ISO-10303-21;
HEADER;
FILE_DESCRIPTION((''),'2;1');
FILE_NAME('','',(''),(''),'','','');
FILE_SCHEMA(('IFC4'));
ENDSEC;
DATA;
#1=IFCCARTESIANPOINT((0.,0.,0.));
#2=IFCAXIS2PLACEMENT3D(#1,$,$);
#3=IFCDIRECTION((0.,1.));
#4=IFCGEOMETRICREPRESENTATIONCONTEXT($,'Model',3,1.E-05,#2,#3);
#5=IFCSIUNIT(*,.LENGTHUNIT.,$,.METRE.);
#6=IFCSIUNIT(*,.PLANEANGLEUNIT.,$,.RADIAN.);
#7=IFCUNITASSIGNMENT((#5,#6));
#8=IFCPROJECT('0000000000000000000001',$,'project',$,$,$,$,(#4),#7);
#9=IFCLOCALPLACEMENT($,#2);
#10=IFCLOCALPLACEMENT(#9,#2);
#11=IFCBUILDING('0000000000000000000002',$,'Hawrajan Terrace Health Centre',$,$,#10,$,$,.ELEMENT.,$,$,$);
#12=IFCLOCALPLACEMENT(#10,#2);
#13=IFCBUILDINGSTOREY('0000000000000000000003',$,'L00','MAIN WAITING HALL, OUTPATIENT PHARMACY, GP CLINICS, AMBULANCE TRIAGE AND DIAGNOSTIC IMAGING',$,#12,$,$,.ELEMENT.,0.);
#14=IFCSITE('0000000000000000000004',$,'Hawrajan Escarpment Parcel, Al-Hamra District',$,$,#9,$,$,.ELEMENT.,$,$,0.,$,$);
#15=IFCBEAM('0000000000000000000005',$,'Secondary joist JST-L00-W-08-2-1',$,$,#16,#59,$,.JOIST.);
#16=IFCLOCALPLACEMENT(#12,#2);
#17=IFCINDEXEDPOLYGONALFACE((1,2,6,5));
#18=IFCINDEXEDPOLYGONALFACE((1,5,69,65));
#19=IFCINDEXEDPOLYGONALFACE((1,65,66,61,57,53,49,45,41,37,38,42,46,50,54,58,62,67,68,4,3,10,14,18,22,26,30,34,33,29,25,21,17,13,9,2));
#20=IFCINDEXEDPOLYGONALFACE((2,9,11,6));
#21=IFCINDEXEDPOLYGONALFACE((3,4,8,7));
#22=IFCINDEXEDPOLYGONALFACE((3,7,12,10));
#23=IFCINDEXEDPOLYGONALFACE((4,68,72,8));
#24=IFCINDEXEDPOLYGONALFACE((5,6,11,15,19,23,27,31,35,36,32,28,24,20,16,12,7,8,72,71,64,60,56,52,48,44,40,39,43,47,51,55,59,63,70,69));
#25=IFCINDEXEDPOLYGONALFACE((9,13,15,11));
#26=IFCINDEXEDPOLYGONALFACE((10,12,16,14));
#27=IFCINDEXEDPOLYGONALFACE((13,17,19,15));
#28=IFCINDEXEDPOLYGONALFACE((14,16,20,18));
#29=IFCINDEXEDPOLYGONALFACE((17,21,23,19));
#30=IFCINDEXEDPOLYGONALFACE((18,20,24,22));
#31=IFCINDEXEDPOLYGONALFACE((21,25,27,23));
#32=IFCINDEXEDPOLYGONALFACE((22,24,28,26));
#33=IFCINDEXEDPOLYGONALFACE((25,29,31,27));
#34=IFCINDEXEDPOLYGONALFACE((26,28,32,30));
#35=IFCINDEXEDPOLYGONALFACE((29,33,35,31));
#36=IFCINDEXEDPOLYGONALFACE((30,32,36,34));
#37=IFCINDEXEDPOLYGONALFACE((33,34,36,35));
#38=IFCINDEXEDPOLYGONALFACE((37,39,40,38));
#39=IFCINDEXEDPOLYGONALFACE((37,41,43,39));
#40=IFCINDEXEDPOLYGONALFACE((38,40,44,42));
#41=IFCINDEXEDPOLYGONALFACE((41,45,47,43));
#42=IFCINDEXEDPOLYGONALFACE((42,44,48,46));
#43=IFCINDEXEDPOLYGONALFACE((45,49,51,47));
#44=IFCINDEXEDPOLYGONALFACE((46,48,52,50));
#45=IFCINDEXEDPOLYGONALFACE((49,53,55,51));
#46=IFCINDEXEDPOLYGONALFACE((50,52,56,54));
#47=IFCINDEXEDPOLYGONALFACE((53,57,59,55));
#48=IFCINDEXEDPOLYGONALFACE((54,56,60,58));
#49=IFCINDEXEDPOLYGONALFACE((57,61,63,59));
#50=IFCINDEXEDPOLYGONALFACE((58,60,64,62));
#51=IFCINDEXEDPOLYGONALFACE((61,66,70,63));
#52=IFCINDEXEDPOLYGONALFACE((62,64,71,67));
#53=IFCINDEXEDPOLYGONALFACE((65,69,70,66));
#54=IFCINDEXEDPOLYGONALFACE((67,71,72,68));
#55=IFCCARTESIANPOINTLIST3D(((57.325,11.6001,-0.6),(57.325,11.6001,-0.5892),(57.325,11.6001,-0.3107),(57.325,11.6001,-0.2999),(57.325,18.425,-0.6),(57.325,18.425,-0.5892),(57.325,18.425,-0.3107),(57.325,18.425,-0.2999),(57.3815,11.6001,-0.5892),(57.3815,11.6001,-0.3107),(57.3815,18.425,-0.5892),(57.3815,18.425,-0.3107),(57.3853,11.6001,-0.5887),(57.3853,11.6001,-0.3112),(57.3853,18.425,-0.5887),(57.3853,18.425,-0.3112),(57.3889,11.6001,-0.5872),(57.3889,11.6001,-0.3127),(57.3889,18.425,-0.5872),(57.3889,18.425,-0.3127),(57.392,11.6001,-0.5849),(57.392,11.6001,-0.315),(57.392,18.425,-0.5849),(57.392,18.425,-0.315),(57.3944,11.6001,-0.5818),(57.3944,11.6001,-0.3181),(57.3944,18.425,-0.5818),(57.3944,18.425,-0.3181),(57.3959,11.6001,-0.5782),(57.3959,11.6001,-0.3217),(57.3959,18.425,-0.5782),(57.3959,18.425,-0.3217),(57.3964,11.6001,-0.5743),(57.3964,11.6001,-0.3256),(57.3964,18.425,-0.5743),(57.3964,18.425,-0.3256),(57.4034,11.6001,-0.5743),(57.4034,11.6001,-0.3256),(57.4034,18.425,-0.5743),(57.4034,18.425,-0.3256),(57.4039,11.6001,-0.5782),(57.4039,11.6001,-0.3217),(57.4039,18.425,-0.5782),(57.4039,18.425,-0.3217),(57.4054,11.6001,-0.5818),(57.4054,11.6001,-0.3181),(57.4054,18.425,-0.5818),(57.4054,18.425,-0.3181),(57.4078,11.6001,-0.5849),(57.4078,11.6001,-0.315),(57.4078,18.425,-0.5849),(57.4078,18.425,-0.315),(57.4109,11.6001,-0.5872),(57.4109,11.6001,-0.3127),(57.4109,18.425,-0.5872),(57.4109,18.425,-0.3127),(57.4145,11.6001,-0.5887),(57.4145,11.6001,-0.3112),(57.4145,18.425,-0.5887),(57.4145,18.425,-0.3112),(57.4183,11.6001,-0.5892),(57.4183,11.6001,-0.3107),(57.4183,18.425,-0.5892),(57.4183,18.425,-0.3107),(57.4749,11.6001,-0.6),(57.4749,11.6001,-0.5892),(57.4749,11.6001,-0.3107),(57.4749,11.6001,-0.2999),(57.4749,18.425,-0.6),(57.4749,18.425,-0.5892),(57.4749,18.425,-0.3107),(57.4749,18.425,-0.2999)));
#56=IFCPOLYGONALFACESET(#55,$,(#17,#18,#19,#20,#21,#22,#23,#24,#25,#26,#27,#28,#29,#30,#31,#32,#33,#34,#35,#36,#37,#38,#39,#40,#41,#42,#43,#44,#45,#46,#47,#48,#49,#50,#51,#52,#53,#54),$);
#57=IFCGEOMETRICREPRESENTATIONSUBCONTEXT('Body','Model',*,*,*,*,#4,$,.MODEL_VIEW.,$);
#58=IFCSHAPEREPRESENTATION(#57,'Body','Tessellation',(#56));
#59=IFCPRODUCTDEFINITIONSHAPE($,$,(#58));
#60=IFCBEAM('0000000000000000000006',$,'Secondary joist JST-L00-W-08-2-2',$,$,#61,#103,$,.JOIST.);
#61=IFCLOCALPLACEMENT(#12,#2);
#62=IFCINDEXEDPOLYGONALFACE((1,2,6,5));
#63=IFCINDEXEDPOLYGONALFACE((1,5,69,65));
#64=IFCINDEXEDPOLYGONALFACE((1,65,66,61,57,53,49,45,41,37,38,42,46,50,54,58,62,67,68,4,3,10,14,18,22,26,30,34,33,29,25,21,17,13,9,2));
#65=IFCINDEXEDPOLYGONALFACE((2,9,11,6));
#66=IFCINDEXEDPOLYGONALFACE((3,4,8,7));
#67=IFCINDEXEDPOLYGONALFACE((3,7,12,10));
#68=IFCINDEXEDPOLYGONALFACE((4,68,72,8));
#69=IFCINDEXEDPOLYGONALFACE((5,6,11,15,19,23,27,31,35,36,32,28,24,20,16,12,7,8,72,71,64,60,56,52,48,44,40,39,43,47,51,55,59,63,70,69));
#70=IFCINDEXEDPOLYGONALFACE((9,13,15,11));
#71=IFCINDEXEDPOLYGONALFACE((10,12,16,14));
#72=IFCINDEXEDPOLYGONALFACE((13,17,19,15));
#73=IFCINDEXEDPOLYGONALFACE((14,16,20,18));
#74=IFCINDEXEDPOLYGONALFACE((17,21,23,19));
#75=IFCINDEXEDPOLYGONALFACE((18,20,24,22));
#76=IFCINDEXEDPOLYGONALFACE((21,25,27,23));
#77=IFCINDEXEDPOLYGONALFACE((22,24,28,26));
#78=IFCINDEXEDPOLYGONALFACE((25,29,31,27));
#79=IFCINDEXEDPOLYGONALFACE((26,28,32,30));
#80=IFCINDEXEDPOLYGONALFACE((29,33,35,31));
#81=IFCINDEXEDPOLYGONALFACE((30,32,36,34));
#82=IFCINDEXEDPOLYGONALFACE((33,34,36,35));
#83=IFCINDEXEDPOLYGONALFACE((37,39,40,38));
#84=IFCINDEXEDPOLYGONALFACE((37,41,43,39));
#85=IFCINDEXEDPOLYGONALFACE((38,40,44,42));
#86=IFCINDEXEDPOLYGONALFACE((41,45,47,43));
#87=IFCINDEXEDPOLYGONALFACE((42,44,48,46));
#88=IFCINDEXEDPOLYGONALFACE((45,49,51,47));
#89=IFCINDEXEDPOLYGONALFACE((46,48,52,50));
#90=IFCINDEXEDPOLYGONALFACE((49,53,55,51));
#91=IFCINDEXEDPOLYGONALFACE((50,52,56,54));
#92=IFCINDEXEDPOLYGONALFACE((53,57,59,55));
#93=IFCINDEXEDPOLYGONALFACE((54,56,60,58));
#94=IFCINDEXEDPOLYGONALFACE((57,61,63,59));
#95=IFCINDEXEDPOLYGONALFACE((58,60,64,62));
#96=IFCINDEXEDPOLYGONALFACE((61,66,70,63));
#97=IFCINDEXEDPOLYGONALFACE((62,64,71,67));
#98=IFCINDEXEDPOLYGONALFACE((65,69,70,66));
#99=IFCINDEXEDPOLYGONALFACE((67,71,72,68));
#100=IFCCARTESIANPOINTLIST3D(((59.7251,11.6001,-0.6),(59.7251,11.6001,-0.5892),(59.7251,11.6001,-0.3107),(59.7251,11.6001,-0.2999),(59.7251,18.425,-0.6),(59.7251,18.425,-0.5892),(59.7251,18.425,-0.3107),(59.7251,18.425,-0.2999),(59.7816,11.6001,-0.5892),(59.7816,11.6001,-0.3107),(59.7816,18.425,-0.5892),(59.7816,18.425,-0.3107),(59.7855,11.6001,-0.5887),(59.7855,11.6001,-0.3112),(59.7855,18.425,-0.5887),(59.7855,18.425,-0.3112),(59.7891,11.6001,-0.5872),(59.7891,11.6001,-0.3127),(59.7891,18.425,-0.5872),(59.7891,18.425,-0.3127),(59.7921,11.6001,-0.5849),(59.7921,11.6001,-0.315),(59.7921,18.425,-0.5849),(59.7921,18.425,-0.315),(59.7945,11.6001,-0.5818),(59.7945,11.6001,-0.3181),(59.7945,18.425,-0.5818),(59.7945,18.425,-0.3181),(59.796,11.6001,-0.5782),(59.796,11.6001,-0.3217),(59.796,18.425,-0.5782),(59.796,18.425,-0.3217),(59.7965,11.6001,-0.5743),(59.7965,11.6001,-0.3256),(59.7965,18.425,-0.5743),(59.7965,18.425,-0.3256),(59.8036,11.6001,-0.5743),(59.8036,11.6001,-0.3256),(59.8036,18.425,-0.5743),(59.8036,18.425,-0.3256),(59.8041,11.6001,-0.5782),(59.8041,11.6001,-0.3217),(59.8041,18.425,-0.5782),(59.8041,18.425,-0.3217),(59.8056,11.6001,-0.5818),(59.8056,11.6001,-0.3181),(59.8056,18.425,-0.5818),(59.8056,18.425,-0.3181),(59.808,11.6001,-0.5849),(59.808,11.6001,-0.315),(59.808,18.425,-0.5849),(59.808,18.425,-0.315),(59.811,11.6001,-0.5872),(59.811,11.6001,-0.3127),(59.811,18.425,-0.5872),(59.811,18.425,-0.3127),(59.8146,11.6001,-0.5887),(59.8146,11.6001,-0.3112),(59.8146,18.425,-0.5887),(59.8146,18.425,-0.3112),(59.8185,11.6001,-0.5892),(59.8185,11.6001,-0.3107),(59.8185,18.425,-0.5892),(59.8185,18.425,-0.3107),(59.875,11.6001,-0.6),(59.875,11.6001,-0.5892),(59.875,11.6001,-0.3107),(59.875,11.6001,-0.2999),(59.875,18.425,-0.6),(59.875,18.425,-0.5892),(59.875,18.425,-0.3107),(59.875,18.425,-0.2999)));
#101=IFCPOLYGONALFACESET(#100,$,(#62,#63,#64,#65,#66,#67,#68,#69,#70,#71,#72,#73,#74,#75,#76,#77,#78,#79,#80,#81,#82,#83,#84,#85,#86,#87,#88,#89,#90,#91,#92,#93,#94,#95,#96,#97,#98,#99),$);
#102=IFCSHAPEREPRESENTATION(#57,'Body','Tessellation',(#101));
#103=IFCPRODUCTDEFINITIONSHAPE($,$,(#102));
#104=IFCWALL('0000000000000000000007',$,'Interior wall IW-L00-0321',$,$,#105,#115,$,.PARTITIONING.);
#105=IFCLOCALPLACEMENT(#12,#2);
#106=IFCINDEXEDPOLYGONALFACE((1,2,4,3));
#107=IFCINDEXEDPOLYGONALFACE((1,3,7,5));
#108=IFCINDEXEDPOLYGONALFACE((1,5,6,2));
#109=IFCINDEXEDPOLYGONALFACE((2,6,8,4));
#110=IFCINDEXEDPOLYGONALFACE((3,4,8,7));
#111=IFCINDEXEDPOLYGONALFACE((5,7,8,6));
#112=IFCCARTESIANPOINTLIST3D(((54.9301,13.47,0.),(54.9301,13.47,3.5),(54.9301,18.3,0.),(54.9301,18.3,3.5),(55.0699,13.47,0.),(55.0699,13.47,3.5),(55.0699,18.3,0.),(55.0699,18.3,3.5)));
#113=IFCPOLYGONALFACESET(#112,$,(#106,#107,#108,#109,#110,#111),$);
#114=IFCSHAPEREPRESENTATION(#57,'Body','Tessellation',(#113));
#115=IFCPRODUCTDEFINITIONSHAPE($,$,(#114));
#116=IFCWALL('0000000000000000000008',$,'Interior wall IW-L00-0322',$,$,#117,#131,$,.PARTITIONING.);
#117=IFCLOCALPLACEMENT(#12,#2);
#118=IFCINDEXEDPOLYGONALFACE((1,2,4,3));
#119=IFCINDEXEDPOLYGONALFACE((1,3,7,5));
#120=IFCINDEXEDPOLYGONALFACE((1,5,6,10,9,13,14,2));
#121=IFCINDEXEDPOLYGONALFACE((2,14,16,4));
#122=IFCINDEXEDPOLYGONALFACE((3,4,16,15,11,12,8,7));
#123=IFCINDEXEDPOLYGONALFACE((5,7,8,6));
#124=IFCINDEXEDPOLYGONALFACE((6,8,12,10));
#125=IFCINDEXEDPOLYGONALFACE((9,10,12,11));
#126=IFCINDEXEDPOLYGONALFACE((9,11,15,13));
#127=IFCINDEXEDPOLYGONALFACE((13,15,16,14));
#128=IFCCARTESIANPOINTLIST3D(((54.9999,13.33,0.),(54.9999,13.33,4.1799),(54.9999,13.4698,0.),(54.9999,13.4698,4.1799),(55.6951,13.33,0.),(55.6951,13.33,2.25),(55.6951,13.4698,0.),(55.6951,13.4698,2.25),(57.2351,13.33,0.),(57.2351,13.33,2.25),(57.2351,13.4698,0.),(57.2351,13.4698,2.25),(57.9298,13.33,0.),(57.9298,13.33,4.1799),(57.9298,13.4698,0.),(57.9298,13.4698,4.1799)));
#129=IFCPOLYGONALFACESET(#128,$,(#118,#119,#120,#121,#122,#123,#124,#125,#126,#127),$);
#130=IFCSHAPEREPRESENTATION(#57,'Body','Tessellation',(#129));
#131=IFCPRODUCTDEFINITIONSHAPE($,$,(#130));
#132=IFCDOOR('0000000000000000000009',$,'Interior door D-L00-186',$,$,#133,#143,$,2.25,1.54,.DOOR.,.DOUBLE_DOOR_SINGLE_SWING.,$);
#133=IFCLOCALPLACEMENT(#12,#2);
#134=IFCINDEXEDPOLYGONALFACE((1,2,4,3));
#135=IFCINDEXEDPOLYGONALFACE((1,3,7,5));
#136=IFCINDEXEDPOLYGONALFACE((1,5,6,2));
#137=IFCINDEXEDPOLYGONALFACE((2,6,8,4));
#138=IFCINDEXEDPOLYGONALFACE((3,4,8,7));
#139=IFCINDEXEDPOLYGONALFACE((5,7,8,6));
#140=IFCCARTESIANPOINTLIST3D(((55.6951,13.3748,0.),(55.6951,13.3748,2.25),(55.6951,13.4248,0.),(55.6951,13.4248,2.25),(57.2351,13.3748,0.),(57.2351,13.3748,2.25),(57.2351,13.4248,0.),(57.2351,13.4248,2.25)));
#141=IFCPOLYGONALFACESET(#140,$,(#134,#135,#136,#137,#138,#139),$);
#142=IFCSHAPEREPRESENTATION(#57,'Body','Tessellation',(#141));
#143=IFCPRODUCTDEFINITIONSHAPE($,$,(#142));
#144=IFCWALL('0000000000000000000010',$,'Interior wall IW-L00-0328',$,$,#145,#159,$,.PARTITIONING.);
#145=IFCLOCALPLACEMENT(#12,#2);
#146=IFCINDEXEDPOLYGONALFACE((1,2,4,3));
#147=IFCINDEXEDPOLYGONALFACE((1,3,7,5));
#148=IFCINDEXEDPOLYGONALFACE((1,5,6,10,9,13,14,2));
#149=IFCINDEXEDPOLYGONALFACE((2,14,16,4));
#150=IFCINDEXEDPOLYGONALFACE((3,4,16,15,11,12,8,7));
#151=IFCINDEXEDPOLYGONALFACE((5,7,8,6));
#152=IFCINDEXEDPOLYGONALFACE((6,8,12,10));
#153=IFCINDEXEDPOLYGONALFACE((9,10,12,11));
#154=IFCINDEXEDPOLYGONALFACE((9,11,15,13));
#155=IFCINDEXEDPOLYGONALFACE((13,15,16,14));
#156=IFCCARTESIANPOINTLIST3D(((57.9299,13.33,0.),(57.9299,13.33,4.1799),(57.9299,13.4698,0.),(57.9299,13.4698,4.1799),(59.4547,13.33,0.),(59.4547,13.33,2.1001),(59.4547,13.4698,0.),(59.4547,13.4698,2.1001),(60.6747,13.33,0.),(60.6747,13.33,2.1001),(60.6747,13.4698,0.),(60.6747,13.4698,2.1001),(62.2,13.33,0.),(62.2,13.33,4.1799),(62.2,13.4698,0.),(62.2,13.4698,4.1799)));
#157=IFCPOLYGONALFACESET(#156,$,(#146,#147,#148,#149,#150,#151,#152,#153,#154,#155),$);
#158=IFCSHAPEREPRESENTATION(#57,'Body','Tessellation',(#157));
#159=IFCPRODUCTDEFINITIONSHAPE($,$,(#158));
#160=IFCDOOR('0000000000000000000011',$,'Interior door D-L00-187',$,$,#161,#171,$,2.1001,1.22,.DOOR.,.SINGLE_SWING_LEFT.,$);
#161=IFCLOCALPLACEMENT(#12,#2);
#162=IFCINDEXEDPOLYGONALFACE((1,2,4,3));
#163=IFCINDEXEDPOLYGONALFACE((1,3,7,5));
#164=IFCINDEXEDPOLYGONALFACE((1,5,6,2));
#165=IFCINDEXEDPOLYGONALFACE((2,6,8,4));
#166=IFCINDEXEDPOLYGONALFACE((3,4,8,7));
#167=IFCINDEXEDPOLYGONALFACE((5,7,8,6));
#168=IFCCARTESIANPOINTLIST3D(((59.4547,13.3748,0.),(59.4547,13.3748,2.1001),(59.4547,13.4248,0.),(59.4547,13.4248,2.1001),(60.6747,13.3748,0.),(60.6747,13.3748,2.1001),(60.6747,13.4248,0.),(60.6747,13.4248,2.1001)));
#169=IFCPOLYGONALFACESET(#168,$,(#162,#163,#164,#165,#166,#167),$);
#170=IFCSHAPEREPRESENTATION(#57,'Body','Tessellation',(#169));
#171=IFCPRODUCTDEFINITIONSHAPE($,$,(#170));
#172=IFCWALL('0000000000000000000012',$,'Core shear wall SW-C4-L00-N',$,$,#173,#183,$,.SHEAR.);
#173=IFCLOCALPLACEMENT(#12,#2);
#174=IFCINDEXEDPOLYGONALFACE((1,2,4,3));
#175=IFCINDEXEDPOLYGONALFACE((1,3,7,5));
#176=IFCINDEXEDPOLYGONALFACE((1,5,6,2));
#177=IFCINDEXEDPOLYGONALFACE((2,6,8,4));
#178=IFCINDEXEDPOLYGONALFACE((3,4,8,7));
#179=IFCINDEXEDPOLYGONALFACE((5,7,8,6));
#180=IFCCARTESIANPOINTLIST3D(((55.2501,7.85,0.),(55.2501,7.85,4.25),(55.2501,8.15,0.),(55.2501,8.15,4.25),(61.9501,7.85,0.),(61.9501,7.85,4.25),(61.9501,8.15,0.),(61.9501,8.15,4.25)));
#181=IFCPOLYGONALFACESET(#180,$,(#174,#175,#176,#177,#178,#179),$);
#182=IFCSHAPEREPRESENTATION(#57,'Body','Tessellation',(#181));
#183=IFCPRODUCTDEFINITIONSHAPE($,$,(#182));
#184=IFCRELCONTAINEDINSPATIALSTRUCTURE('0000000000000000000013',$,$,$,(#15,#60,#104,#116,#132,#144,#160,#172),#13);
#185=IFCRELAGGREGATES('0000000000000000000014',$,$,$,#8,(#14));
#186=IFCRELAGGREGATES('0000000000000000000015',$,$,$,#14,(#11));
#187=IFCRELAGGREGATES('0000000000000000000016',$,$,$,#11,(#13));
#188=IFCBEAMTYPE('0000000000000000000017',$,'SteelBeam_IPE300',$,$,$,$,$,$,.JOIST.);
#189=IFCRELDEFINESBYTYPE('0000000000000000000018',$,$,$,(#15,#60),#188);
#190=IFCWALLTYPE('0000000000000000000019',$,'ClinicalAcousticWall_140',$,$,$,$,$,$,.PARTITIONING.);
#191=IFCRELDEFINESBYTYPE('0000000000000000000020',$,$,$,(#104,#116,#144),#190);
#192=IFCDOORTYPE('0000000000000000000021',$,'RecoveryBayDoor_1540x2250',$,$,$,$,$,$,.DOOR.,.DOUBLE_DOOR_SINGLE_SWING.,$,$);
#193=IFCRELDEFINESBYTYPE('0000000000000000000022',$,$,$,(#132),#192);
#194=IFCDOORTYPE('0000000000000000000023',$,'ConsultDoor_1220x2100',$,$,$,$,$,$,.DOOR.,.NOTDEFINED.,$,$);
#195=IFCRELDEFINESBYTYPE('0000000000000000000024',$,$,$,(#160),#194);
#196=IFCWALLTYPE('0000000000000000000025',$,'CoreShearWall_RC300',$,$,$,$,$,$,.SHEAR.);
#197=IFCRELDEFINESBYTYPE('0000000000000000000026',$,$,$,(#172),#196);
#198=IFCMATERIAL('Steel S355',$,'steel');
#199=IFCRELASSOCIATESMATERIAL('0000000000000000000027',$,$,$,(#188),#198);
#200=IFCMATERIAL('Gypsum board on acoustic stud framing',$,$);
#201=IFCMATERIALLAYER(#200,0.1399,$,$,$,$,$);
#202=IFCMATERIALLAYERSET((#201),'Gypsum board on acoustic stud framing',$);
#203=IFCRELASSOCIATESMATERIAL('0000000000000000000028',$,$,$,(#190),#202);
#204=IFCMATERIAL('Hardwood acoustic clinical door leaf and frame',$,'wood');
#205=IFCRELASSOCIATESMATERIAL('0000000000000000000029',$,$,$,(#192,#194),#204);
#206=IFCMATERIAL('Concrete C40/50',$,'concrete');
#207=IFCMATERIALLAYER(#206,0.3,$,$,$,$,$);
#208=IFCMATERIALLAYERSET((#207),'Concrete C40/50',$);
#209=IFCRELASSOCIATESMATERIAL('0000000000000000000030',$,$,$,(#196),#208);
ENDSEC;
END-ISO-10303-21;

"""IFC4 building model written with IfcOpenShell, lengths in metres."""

from ifc_helpers import new_model, si_unit, direction, frame, frame_2d, origin, origin_2d, place, context, subcontext, project, spatial, rectangle, i_section, extrude, material, layer, layer_set, material_profile, profile_set, type_object, element, fill, save


model = new_model("IFC4")

# Units and contexts
model_context = context("Model", 3, precision=1e-05, world=origin(), true_north=direction((0.0, 1.0)))
body_context = subcontext(model_context, "Body", "Model", "MODEL_VIEW")
ifc_project = project(units=[si_unit("LENGTHUNIT", "METRE"), si_unit("PLANEANGLEUNIT", "RADIAN")], contexts=[model_context])

# Site, building, storey
site_placement = place(None, origin())
site = spatial("IfcSite", under=ifc_project, at=site_placement, Name="Hawrajan Escarpment Parcel, Al-Hamra District", CompositionType="ELEMENT", RefElevation=0.0)
building_placement = place(site_placement, origin())
building = spatial("IfcBuilding", under=site, at=building_placement, Name="Hawrajan Terrace Health Centre", CompositionType="ELEMENT")
storey_placement = place(building_placement, origin())
storey = spatial("IfcBuildingStorey", under=building, at=storey_placement, Name="L00", Description="MAIN WAITING HALL, OUTPATIENT PHARMACY, GP CLINICS, AMBULANCE TRIAGE AND DIAGNOSTIC IMAGING", CompositionType="ELEMENT", Elevation=0.0)

# Shared definitions
ifc_material_1 = material(Name="Concrete C40/50", Category="concrete")

# Beams
ifc_material_2 = material(Name="Steel S355", Category="steel")
ifc_material_profile_1 = material_profile(ifc_material_2, i_section(OverallWidth=0.1499, OverallDepth=0.3, WebThickness=0.0071, FlangeThickness=0.0107, FilletRadius=0.0149, at=origin_2d()), Name="IPE 300")
ifc_profile_set_1 = profile_set([ifc_material_profile_1], Name="Steel S355")
beam_type_1 = type_object("IfcBeamType", Name="SteelBeam_IPE300", PredefinedType="JOIST", material=ifc_profile_set_1)
for number, where, z_axis, x_axis, name in (
    (1, (57.3999, 11.6001, -0.45), (0.0, 1.0, 0.0), (-1.0, 0.0, 0.0), "Secondary joist JST-L00-W-08-2-1"),
    (2, (59.8, 11.6001, -0.45), (0.0, 1.0, 0.0), (-1.0, 0.0, 0.0), "Secondary joist JST-L00-W-08-2-2"),
):
    element("IfcBeam", number, at=place(storey_placement, frame(where, z_axis=z_axis, x_axis=x_axis)), inside=storey, type_object=beam_type_1, Name=name, PredefinedType="JOIST", context=body_context, shape_type="SweptSolid", body=[
        extrude(i_section(OverallWidth=0.1499, OverallDepth=0.3, WebThickness=0.0071, FlangeThickness=0.0107, FilletRadius=0.0149, at=origin_2d()), origin(), (0.0, 0.0, 1.0), 6.825),
    ])

# Wall
ifc_material_3 = material(Name="Gypsum board on acoustic stud framing")
ifc_layer_1 = layer(ifc_material_3, 0.1399)
ifc_layer_set_1 = layer_set([ifc_layer_1], Name="Gypsum board on acoustic stud framing")
wall_type_1 = type_object("IfcWallType", Name="ClinicalAcousticWall_140", PredefinedType="PARTITIONING", material=ifc_layer_set_1)
wall_1_placement = place(storey_placement, frame((55.0, 13.47, 0.0), z_axis=(0.0, 0.0, 1.0), x_axis=(0.0, 1.0, 0.0)))
element("IfcWall", 3, at=wall_1_placement, inside=storey, type_object=wall_type_1, Name="Interior wall IW-L00-0321", PredefinedType="PARTITIONING", context=body_context, shape_type="SweptSolid", body=[
    extrude(rectangle(XDim=4.8301, YDim=0.1399, at=frame_2d((2.415, 0.0))), origin(), (0.0, 0.0, 1.0), 3.5),
])

# Wall, opening, door
wall_2_placement = place(storey_placement, frame((55.0, 13.3999, 0.0), z_axis=(0.0, 0.0, 1.0), x_axis=(1.0, 0.0, 0.0)))
wall_2 = element("IfcWall", 4, at=wall_2_placement, inside=storey, type_object=wall_type_1, Name="Interior wall IW-L00-0322", PredefinedType="PARTITIONING", context=body_context, shape_type="SweptSolid", body=[
    extrude(rectangle(XDim=2.9299, YDim=0.1399, at=frame_2d((1.4648, 0.0))), origin(), (0.0, 0.0, 1.0), 4.1799),
])
opening_1_placement = place(wall_2_placement, frame((0.6951, 0.0, 0.0)))
opening_1 = element("IfcOpeningElement", 5, at=opening_1_placement, cuts=wall_2, PredefinedType="OPENING", context=body_context, shape_type="SweptSolid", body=[
    extrude(rectangle(XDim=1.54, YDim=2.25, at=frame_2d((0.77, 1.125))), frame((0.0, 0.0798, 0.0), z_axis=(0.0, -1.0, 0.0), x_axis=(1.0, 0.0, 0.0)), (0.0, 0.0, 1.0), 0.1599),
])
ifc_material_4 = material(Name="Hardwood acoustic clinical door leaf and frame", Category="wood")
door_type_1 = type_object("IfcDoorType", Name="RecoveryBayDoor_1540x2250", OperationType="DOUBLE_DOOR_SINGLE_SWING", PredefinedType="DOOR", material=ifc_material_4)
door_1_placement = place(opening_1_placement, origin())
door_1 = element("IfcDoor", 6, at=door_1_placement, inside=storey, type_object=door_type_1, Name="Interior door D-L00-186", OperationType="DOUBLE_DOOR_SINGLE_SWING", OverallHeight=2.25, OverallWidth=1.54, PredefinedType="DOOR", context=body_context, shape_type="SweptSolid", body=[
    extrude(rectangle(XDim=1.54, YDim=2.25, at=frame_2d((0.77, 1.125))), frame((0.0, 0.0249, 0.0), z_axis=(0.0, -1.0, 0.0), x_axis=(1.0, 0.0, 0.0)), (0.0, 0.0, 1.0), 0.05),
])
fill(opening_1, door_1)

# Wall, opening, door
wall_3_placement = place(storey_placement, frame((57.9299, 13.3999, 0.0), z_axis=(0.0, 0.0, 1.0), x_axis=(1.0, 0.0, 0.0)))
wall_3 = element("IfcWall", 7, at=wall_3_placement, inside=storey, type_object=wall_type_1, Name="Interior wall IW-L00-0328", PredefinedType="PARTITIONING", context=body_context, shape_type="SweptSolid", body=[
    extrude(rectangle(XDim=4.27, YDim=0.1399, at=frame_2d((2.135, 0.0))), origin(), (0.0, 0.0, 1.0), 4.1799),
])
opening_2_placement = place(wall_3_placement, frame((1.5249, 0.0, 0.0)))
opening_2 = element("IfcOpeningElement", 8, at=opening_2_placement, cuts=wall_3, PredefinedType="OPENING", context=body_context, shape_type="SweptSolid", body=[
    extrude(rectangle(XDim=1.22, YDim=2.1001, at=frame_2d((0.6099, 1.05))), frame((0.0, 0.0798, 0.0), z_axis=(0.0, -1.0, 0.0), x_axis=(1.0, 0.0, 0.0)), (0.0, 0.0, 1.0), 0.1599),
])
door_type_2 = type_object("IfcDoorType", Name="ConsultDoor_1220x2100", OperationType="NOTDEFINED", PredefinedType="DOOR", material=ifc_material_4)
door_2_placement = place(opening_2_placement, origin())
door_2 = element("IfcDoor", 9, at=door_2_placement, inside=storey, type_object=door_type_2, Name="Interior door D-L00-187", OperationType="SINGLE_SWING_LEFT", OverallHeight=2.1001, OverallWidth=1.22, PredefinedType="DOOR", context=body_context, shape_type="SweptSolid", body=[
    extrude(rectangle(XDim=1.22, YDim=2.1001, at=frame_2d((0.6099, 1.05))), frame((0.0, 0.0249, 0.0), z_axis=(0.0, -1.0, 0.0), x_axis=(1.0, 0.0, 0.0)), (0.0, 0.0, 1.0), 0.05),
])
fill(opening_2, door_2)

# Wall
ifc_layer_2 = layer(ifc_material_1, 0.3)
ifc_layer_set_2 = layer_set([ifc_layer_2], Name="Concrete C40/50")
wall_type_2 = type_object("IfcWallType", Name="CoreShearWall_RC300", PredefinedType="SHEAR", material=ifc_layer_set_2)
wall_4_placement = place(storey_placement, frame((55.25, 8.0, 0.0), z_axis=(0.0, 0.0, 1.0), x_axis=(1.0, 0.0, 0.0)))
element("IfcWall", 10, at=wall_4_placement, inside=storey, type_object=wall_type_2, Name="Core shear wall SW-C4-L00-N", PredefinedType="SHEAR", context=body_context, shape_type="SweptSolid", body=[
    extrude(rectangle(XDim=6.7, YDim=0.3, at=frame_2d((3.3501, 0.0))), origin(), (0.0, 0.0, 1.0), 4.25),
])

save(model, "model.ifc")
